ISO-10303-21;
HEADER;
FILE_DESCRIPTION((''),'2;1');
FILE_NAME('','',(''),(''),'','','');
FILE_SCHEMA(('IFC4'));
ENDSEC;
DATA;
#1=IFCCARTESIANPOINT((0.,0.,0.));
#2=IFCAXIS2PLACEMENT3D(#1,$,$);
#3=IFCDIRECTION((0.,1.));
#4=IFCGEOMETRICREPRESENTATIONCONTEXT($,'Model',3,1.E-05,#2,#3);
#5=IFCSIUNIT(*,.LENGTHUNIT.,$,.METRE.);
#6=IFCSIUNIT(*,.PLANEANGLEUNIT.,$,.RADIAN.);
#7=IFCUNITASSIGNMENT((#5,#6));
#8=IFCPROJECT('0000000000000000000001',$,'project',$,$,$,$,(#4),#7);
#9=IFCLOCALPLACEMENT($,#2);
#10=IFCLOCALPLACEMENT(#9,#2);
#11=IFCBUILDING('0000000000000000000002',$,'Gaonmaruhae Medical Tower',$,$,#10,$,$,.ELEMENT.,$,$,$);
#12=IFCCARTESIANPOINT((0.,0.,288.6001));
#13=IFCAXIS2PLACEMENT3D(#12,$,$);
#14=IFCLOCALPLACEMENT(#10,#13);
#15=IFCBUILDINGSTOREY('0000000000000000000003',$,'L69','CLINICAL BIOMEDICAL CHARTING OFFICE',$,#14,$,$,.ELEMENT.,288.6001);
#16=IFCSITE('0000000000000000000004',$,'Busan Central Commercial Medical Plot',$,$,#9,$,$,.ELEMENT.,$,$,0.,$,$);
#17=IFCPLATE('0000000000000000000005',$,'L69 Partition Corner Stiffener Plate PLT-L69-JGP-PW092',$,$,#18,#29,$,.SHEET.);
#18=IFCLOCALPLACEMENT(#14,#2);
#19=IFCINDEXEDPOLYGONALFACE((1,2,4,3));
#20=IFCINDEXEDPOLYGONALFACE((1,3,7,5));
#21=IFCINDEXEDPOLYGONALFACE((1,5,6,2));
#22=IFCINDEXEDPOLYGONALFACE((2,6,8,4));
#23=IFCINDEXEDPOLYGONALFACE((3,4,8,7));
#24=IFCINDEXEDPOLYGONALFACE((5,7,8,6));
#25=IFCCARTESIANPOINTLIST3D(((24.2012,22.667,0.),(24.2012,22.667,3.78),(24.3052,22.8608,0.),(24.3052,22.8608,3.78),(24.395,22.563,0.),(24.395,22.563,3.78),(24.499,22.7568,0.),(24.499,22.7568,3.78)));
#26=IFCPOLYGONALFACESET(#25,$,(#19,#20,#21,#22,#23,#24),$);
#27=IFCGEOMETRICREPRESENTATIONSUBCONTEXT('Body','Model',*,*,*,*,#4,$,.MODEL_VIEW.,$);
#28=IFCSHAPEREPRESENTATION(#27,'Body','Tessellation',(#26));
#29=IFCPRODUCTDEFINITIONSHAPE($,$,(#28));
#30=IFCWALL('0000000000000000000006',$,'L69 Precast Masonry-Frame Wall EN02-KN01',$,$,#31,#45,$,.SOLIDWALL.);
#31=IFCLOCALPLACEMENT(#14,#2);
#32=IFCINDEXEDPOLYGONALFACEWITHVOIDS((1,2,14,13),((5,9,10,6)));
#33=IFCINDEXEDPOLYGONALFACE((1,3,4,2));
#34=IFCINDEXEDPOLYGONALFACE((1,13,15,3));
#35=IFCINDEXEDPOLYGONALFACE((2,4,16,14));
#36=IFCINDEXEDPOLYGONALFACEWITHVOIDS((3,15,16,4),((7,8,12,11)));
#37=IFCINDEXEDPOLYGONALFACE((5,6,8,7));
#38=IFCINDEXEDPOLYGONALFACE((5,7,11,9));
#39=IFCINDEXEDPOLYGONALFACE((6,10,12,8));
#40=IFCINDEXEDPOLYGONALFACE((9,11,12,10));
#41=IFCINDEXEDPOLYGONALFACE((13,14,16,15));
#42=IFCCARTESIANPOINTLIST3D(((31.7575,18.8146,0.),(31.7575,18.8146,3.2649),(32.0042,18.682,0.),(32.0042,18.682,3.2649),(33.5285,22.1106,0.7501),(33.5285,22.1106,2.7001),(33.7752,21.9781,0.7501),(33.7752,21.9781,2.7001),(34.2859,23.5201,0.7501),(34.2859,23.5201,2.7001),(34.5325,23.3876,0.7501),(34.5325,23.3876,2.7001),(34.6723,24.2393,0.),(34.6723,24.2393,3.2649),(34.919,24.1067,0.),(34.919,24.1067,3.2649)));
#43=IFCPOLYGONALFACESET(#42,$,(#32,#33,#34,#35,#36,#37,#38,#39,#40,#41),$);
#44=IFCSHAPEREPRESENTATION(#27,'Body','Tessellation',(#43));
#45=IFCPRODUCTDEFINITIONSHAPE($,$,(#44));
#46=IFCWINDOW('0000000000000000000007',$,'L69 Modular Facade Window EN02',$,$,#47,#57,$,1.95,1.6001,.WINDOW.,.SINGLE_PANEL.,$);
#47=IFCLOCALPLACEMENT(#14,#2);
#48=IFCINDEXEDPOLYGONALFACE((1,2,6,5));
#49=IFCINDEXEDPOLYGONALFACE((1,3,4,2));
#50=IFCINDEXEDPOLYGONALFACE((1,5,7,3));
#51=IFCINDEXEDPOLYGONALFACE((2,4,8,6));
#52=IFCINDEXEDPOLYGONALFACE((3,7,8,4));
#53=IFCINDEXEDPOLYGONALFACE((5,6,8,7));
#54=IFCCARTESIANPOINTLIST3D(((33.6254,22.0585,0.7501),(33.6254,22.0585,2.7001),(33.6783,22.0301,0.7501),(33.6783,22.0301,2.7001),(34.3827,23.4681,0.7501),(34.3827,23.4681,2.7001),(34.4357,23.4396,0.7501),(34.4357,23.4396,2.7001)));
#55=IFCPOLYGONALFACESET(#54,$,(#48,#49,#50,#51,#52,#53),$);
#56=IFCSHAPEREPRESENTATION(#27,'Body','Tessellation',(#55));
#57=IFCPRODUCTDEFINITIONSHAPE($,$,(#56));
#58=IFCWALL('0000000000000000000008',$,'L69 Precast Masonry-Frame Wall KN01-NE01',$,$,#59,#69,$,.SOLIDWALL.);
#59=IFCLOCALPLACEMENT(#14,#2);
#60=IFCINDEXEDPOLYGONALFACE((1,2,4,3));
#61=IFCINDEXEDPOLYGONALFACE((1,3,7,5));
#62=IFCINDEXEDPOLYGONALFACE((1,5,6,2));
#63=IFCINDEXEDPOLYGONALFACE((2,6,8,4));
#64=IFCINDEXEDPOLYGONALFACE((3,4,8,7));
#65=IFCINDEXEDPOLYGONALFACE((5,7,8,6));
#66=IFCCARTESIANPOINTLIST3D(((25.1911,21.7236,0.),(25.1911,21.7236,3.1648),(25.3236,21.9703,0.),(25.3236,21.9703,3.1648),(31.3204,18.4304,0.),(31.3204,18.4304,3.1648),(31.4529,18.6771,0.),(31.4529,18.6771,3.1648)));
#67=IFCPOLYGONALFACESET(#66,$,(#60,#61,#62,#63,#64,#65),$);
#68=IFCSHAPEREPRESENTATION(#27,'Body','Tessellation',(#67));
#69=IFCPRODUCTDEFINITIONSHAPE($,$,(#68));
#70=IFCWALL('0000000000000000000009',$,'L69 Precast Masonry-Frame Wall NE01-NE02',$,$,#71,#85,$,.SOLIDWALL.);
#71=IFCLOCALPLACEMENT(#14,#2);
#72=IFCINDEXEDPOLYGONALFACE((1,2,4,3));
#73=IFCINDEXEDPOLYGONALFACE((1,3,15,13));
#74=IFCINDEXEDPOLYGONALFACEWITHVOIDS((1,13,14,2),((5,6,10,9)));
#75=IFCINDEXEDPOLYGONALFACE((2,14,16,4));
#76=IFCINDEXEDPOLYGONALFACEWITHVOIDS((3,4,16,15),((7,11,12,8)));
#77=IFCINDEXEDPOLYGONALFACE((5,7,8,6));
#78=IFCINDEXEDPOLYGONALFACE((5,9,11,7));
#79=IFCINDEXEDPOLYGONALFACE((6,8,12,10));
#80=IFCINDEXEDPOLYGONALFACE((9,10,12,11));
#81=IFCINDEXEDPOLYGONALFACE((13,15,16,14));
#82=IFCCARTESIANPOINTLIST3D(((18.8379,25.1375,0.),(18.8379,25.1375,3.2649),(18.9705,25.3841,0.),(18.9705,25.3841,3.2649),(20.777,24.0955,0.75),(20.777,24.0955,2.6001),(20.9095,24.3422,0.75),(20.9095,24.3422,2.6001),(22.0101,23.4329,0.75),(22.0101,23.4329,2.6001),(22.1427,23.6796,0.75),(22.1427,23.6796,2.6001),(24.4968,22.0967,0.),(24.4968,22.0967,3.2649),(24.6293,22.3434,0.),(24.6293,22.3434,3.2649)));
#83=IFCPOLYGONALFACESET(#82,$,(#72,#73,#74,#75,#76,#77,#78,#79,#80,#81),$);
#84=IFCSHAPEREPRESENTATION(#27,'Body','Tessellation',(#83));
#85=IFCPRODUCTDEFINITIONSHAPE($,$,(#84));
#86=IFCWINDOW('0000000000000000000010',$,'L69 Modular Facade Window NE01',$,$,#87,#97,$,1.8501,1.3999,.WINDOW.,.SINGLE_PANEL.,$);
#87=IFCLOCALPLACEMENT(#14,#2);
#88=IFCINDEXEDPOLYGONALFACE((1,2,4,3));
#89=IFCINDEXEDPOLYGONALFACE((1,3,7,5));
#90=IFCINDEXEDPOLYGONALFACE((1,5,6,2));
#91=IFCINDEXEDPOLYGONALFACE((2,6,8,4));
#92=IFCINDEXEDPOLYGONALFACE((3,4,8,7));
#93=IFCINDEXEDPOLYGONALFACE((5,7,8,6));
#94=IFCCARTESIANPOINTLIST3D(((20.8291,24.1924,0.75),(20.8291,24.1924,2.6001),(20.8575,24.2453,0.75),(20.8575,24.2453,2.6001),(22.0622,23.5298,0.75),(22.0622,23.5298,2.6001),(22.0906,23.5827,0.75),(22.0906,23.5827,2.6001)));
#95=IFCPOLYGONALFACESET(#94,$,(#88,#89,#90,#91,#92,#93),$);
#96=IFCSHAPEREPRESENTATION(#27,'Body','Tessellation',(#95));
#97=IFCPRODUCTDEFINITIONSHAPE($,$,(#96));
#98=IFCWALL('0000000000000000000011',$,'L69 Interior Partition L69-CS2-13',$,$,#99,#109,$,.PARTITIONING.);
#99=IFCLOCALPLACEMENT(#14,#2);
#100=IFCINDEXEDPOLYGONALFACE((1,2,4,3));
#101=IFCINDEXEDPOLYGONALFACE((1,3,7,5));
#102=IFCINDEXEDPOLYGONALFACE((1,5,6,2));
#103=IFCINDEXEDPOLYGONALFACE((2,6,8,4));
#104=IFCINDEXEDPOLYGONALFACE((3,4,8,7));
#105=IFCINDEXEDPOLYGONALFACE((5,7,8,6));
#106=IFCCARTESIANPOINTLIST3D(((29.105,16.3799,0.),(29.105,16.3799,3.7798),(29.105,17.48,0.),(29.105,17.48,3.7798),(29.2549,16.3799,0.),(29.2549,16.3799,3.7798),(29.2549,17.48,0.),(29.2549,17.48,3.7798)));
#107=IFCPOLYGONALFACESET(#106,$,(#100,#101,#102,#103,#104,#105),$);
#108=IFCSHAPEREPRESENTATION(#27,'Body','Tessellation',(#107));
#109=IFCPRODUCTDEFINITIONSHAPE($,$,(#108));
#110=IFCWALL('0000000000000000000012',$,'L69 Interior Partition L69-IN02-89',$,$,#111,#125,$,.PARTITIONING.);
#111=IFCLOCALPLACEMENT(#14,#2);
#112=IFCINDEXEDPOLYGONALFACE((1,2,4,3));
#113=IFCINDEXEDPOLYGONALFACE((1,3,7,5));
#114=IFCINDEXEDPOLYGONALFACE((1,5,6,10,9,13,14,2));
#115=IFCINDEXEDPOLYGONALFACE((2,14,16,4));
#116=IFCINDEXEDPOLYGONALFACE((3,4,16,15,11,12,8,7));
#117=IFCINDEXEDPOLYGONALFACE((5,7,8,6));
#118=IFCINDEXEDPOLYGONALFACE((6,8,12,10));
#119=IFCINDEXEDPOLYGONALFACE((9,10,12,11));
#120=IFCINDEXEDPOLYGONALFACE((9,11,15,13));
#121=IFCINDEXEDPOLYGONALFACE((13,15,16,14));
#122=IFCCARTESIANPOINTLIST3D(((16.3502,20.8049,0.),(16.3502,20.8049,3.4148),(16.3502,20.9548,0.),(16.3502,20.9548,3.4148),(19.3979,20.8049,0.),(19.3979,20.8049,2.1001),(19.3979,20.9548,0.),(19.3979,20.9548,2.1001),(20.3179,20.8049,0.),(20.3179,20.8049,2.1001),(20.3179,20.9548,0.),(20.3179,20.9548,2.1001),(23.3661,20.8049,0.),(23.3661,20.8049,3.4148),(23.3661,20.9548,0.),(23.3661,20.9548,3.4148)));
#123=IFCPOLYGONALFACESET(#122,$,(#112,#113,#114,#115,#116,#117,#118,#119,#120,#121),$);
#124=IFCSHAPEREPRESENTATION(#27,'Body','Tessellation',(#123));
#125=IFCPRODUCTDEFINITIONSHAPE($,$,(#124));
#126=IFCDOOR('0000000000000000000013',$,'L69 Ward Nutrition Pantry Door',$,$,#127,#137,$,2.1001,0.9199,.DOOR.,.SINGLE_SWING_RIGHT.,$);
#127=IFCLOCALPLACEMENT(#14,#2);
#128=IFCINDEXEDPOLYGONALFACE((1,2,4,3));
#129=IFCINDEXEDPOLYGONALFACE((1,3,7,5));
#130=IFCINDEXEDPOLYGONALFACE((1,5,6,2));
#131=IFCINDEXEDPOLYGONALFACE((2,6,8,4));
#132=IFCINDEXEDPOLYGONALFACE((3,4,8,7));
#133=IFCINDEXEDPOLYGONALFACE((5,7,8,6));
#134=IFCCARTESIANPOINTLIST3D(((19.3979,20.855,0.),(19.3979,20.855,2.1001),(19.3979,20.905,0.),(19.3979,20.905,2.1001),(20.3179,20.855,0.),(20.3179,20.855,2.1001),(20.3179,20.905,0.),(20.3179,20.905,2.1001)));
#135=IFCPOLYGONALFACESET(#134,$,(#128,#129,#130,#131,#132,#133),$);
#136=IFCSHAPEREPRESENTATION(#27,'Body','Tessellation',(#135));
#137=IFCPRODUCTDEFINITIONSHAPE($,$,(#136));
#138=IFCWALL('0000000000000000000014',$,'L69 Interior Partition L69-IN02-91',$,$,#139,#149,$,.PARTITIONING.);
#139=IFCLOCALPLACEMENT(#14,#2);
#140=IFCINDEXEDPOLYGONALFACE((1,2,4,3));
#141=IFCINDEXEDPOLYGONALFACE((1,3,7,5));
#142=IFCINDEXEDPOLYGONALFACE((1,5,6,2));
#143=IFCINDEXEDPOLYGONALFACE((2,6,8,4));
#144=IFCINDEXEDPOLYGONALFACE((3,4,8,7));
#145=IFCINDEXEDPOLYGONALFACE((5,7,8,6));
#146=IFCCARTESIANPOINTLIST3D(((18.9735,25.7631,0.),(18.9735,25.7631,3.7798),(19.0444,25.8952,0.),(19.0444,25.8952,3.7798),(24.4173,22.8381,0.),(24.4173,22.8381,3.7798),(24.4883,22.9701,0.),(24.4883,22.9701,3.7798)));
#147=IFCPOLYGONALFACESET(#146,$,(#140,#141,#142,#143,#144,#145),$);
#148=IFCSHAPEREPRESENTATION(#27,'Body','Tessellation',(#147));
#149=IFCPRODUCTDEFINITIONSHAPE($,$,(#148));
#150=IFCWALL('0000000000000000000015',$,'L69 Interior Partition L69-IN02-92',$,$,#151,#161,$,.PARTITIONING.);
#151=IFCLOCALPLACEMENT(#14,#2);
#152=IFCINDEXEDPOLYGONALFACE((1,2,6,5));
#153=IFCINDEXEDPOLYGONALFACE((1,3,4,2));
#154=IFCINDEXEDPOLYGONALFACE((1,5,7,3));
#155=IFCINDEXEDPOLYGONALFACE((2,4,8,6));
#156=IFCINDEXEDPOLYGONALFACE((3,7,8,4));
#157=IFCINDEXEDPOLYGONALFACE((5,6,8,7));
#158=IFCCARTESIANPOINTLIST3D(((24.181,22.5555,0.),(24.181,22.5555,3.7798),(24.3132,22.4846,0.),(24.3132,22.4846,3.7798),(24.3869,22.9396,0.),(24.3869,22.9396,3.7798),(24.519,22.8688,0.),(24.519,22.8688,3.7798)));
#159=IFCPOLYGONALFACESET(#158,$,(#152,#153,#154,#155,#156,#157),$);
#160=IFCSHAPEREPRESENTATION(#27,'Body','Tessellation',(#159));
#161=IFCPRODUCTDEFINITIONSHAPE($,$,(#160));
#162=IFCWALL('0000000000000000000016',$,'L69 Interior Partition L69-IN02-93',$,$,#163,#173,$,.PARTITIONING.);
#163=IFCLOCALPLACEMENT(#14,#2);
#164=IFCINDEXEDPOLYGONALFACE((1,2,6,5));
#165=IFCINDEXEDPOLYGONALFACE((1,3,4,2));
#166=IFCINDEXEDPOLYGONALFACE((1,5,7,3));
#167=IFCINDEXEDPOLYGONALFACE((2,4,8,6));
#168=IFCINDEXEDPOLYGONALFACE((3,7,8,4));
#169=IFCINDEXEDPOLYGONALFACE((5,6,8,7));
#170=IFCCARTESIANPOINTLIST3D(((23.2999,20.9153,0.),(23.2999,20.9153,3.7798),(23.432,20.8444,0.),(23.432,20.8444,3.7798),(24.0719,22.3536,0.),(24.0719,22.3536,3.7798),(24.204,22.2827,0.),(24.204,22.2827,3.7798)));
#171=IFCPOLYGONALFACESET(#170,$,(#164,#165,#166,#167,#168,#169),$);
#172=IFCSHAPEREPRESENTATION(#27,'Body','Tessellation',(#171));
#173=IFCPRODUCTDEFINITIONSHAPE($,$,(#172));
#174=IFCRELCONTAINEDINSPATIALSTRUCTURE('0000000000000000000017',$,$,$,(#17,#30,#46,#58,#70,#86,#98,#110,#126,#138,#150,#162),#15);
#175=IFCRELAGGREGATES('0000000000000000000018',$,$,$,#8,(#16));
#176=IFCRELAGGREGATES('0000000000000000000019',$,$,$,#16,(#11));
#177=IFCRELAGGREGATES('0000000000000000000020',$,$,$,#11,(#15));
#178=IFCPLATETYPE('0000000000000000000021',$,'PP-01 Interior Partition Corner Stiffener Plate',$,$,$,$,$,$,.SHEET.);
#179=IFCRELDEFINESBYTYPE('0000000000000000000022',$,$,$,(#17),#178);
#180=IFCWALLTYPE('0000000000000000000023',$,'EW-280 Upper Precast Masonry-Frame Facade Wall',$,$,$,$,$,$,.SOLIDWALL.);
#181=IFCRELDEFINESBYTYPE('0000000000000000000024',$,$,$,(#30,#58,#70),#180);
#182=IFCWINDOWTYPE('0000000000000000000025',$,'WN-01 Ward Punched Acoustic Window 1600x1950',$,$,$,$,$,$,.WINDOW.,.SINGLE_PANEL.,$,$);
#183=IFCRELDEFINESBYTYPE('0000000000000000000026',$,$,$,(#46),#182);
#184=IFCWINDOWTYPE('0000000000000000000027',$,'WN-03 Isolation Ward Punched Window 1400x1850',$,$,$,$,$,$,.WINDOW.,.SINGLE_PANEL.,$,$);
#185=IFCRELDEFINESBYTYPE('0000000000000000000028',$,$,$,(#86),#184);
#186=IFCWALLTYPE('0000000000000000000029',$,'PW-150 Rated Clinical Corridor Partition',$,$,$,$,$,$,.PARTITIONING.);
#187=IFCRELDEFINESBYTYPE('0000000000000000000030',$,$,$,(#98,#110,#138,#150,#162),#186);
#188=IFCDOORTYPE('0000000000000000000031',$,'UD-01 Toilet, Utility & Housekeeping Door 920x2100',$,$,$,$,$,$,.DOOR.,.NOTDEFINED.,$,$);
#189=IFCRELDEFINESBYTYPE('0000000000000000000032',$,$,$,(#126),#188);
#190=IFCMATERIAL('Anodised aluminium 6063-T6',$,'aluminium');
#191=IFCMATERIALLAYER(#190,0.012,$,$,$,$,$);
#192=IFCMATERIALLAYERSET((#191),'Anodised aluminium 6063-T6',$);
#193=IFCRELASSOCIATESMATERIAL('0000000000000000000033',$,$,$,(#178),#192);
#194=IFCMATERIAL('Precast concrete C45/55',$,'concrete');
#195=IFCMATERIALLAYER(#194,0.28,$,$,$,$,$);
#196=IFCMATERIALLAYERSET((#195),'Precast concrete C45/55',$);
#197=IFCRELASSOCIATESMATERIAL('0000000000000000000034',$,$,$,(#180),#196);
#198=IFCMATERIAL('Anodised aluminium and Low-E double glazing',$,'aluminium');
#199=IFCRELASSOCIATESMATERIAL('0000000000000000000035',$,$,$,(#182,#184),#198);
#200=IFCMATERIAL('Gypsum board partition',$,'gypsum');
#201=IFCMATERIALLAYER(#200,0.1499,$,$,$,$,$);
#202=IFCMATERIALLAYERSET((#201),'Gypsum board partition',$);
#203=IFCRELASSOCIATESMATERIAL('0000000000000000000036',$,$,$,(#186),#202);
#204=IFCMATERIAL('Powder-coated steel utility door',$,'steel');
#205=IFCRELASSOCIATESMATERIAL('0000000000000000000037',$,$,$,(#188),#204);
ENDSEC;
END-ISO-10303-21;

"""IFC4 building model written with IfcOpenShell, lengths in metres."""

from ifc_helpers import new_model, si_unit, direction, frame, frame_2d, origin, origin_2d, place, context, subcontext, project, spatial, rectangle, extrude, material, layer, layer_set, type_object, element, fill, save


model = new_model("IFC4")

# Units and contexts
model_context = context("Model", 3, precision=1e-05, world=origin(), true_north=direction((0.0, 1.0)))
body_context = subcontext(model_context, "Body", "Model", "MODEL_VIEW")
ifc_project = project(units=[si_unit("LENGTHUNIT", "METRE"), si_unit("PLANEANGLEUNIT", "RADIAN")], contexts=[model_context])

# Site, building, storey
site_placement = place(None, origin())
site = spatial("IfcSite", under=ifc_project, at=site_placement, Name="Busan Central Commercial Medical Plot", CompositionType="ELEMENT", RefElevation=0.0)
building_placement = place(site_placement, origin())
building = spatial("IfcBuilding", under=site, at=building_placement, Name="Gaonmaruhae Medical Tower", CompositionType="ELEMENT")
storey_placement = place(building_placement, frame((0.0, 0.0, 288.6001)))
storey = spatial("IfcBuildingStorey", under=building, at=storey_placement, Name="L69", Description="CLINICAL BIOMEDICAL CHARTING OFFICE", CompositionType="ELEMENT", Elevation=288.6001)

# Plate
ifc_material_1 = material(Name="Anodised aluminium 6063-T6", Category="aluminium")
ifc_layer_1 = layer(ifc_material_1, 0.012)
ifc_layer_set_1 = layer_set([ifc_layer_1], Name="Anodised aluminium 6063-T6")
plate_type = type_object("IfcPlateType", Name="PP-01 Interior Partition Corner Stiffener Plate", PredefinedType="SHEET", material=ifc_layer_set_1)
plate_placement = place(storey_placement, frame((24.3501, 22.7119, 0.0), z_axis=(0.0, 0.0, 1.0), x_axis=(-0.472735, -0.881204, 0.0)))
element("IfcPlate", 1, at=plate_placement, inside=storey, type_object=plate_type, Name="L69 Partition Corner Stiffener Plate PLT-L69-JGP-PW092", PredefinedType="SHEET", context=body_context, shape_type="SweptSolid", body=[
    extrude(rectangle(XDim=0.22, YDim=0.22, at=origin_2d()), origin(), (0.0, 0.0, 1.0), 3.78),
])

# Wall, opening, window
ifc_material_2 = material(Name="Precast concrete C45/55", Category="concrete")
ifc_layer_2 = layer(ifc_material_2, 0.28)
ifc_layer_set_2 = layer_set([ifc_layer_2], Name="Precast concrete C45/55")
wall_type_1 = type_object("IfcWallType", Name="EW-280 Upper Precast Masonry-Frame Facade Wall", PredefinedType="SOLIDWALL", material=ifc_layer_set_2)
wall_1_placement = place(storey_placement, frame((31.8809, 18.7483, 0.0), z_axis=(0.0, 0.0, 1.0), x_axis=(0.473312, 0.880895, 0.0)))
wall_1 = element("IfcWall", 2, at=wall_1_placement, inside=storey, type_object=wall_type_1, Name="L69 Precast Masonry-Frame Wall EN02-KN01", PredefinedType="SOLIDWALL", context=body_context, shape_type="SweptSolid", body=[
    extrude(rectangle(XDim=6.1582, YDim=0.28, at=frame_2d((3.0791, 0.0))), origin(), (0.0, 0.0, 1.0), 3.2649),
])
opening_1_placement = place(wall_1_placement, frame((3.7417, 0.0, 0.75)))
opening_1 = element("IfcOpeningElement", 3, at=opening_1_placement, cuts=wall_1, PredefinedType="OPENING", context=body_context, shape_type="SweptSolid", body=[
    extrude(rectangle(XDim=1.6001, YDim=1.95, at=frame_2d((0.8, 0.9751))), frame((0.0, 0.1499, 0.0), z_axis=(0.0, -1.0, 0.0), x_axis=(1.0, 0.0, 0.0)), (0.0, 0.0, 1.0), 0.3),
])
ifc_material_3 = material(Name="Anodised aluminium and Low-E double glazing", Category="aluminium")
window_type_1 = type_object("IfcWindowType", Name="WN-01 Ward Punched Acoustic Window 1600x1950", PartitioningType="SINGLE_PANEL", PredefinedType="WINDOW", material=ifc_material_3)
window_1_placement = place(opening_1_placement, origin())
window_1 = element("IfcWindow", 4, at=window_1_placement, inside=storey, type_object=window_type_1, Name="L69 Modular Facade Window EN02", OverallHeight=1.95, OverallWidth=1.6001, PartitioningType="SINGLE_PANEL", PredefinedType="WINDOW", context=body_context, shape_type="SweptSolid", body=[
    extrude(rectangle(XDim=1.6001, YDim=1.95, at=frame_2d((0.8, 0.9751))), frame((0.0, 0.03, 0.0), z_axis=(0.0, -1.0, 0.0), x_axis=(1.0, 0.0, 0.0)), (0.0, 0.0, 1.0), 0.0601),
])
fill(opening_1, window_1)

# Wall
wall_2_placement = place(storey_placement, frame((25.2573, 21.8469, 0.0), z_axis=(0.0, 0.0, 1.0), x_axis=(0.880904, -0.473294, 0.0)))
element("IfcWall", 5, at=wall_2_placement, inside=storey, type_object=wall_type_1, Name="L69 Precast Masonry-Frame Wall KN01-NE01", PredefinedType="SOLIDWALL", context=body_context, shape_type="SweptSolid", body=[
    extrude(rectangle(XDim=6.958, YDim=0.28, at=frame_2d((3.479, 0.0))), origin(), (0.0, 0.0, 1.0), 3.1648),
])

# Wall, opening, window
wall_3_placement = place(storey_placement, frame((18.9043, 25.2607, 0.0), z_axis=(0.0, 0.0, 1.0), x_axis=(0.880883, -0.473334, 0.0)))
wall_3 = element("IfcWall", 6, at=wall_3_placement, inside=storey, type_object=wall_type_1, Name="L69 Precast Masonry-Frame Wall NE01-NE02", PredefinedType="SOLIDWALL", context=body_context, shape_type="SweptSolid", body=[
    extrude(rectangle(XDim=6.4241, YDim=0.28, at=frame_2d((3.2119, 0.0))), origin(), (0.0, 0.0, 1.0), 3.2649),
])
opening_2_placement = place(wall_3_placement, frame((2.2012, 0.0, 0.75)))
opening_2 = element("IfcOpeningElement", 7, at=opening_2_placement, cuts=wall_3, PredefinedType="OPENING", context=body_context, shape_type="SweptSolid", body=[
    extrude(rectangle(XDim=1.3999, YDim=1.8501, at=frame_2d((0.7, 0.925))), frame((0.0, 0.1499, 0.0), z_axis=(0.0, -1.0, 0.0), x_axis=(1.0, 0.0, 0.0)), (0.0, 0.0, 1.0), 0.3),
])
window_type_2 = type_object("IfcWindowType", Name="WN-03 Isolation Ward Punched Window 1400x1850", PartitioningType="SINGLE_PANEL", PredefinedType="WINDOW", material=ifc_material_3)
window_2_placement = place(opening_2_placement, origin())
window_2 = element("IfcWindow", 8, at=window_2_placement, inside=storey, type_object=window_type_2, Name="L69 Modular Facade Window NE01", OverallHeight=1.8501, OverallWidth=1.3999, PartitioningType="SINGLE_PANEL", PredefinedType="WINDOW", context=body_context, shape_type="SweptSolid", body=[
    extrude(rectangle(XDim=1.3999, YDim=1.8501, at=frame_2d((0.7, 0.925))), frame((0.0, 0.03, 0.0), z_axis=(0.0, -1.0, 0.0), x_axis=(1.0, 0.0, 0.0)), (0.0, 0.0, 1.0), 0.0601),
])
fill(opening_2, window_2)

# Wall
ifc_material_4 = material(Name="Gypsum board partition", Category="gypsum")
ifc_layer_3 = layer(ifc_material_4, 0.1499)
ifc_layer_set_3 = layer_set([ifc_layer_3], Name="Gypsum board partition")
wall_type_2 = type_object("IfcWallType", Name="PW-150 Rated Clinical Corridor Partition", PredefinedType="PARTITIONING", material=ifc_layer_set_3)
wall_4_placement = place(storey_placement, frame((29.1799, 17.48, 0.0), z_axis=(0.0, 0.0, 1.0), x_axis=(0.0, -1.0, 0.0)))
element("IfcWall", 9, at=wall_4_placement, inside=storey, type_object=wall_type_2, Name="L69 Interior Partition L69-CS2-13", PredefinedType="PARTITIONING", context=body_context, shape_type="SweptSolid", body=[
    extrude(rectangle(XDim=1.1001, YDim=0.1499, at=frame_2d((0.55, 0.0))), origin(), (0.0, 0.0, 1.0), 3.7798),
])

# Wall, opening, door
wall_5_placement = place(storey_placement, frame((23.366, 20.8799, 0.0), z_axis=(0.0, 0.0, 1.0), x_axis=(-1.0, 0.0, 0.0)))
wall_5 = element("IfcWall", 10, at=wall_5_placement, inside=storey, type_object=wall_type_2, Name="L69 Interior Partition L69-IN02-89", PredefinedType="PARTITIONING", context=body_context, shape_type="SweptSolid", body=[
    extrude(rectangle(XDim=7.0159, YDim=0.1499, at=frame_2d((3.5078, 0.0))), origin(), (0.0, 0.0, 1.0), 3.4148),
])
opening_3_placement = place(wall_5_placement, frame((3.0481, 0.0, 0.0)))
opening_3 = element("IfcOpeningElement", 11, at=opening_3_placement, cuts=wall_5, PredefinedType="OPENING", context=body_context, shape_type="SweptSolid", body=[
    extrude(rectangle(XDim=0.9199, YDim=2.1001, at=frame_2d((0.46, 1.05))), frame((0.0, 0.085, 0.0), z_axis=(0.0, -1.0, 0.0), x_axis=(1.0, 0.0, 0.0)), (0.0, 0.0, 1.0), 0.1699),
])
ifc_material_5 = material(Name="Powder-coated steel utility door", Category="steel")
door_type = type_object("IfcDoorType", Name="UD-01 Toilet, Utility & Housekeeping Door 920x2100", OperationType="NOTDEFINED", PredefinedType="DOOR", material=ifc_material_5)
door_placement = place(opening_3_placement, origin())
door = element("IfcDoor", 12, at=door_placement, inside=storey, type_object=door_type, Name="L69 Ward Nutrition Pantry Door", OperationType="SINGLE_SWING_RIGHT", OverallHeight=2.1001, OverallWidth=0.9199, PredefinedType="DOOR", context=body_context, shape_type="SweptSolid", body=[
    extrude(rectangle(XDim=0.9199, YDim=2.1001, at=frame_2d((0.46, 1.05))), frame((0.0, 0.0249, 0.0), z_axis=(0.0, -1.0, 0.0), x_axis=(1.0, 0.0, 0.0)), (0.0, 0.0, 1.0), 0.05),
])
fill(opening_3, door)

# Walls
wall_6_placement = place(storey_placement, frame((19.009, 25.8291, 0.0), z_axis=(0.0, 0.0, 1.0), x_axis=(0.880893, -0.473315, 0.0)))
element("IfcWall", 13, at=wall_6_placement, inside=storey, type_object=wall_type_2, Name="L69 Interior Partition L69-IN02-91", PredefinedType="PARTITIONING", context=body_context, shape_type="SweptSolid", body=[
    extrude(rectangle(XDim=6.1799, YDim=0.1499, at=frame_2d((3.0898, 0.0))), origin(), (0.0, 0.0, 1.0), 3.7798),
])
wall_7_placement = place(storey_placement, frame((24.4529, 22.9041, 0.0), z_axis=(0.0, 0.0, 1.0), x_axis=(-0.472361, -0.881405, 0.0)))
element("IfcWall", 14, at=wall_7_placement, inside=storey, type_object=wall_type_2, Name="L69 Interior Partition L69-IN02-92", PredefinedType="PARTITIONING", context=body_context, shape_type="SweptSolid", body=[
    extrude(rectangle(XDim=0.4358, YDim=0.1499, at=frame_2d((0.2178, 0.0))), origin(), (0.0, 0.0, 1.0), 3.7798),
])
wall_8_placement = place(storey_placement, frame((24.1379, 22.3181, 0.0), z_axis=(0.0, 0.0, 1.0), x_axis=(-0.472931, -0.881099, 0.0)))
element("IfcWall", 15, at=wall_8_placement, inside=storey, type_object=wall_type_2, Name="L69 Interior Partition L69-IN02-93", PredefinedType="PARTITIONING", context=body_context, shape_type="SweptSolid", body=[
    extrude(rectangle(XDim=1.6323, YDim=0.1499, at=frame_2d((0.8162, 0.0))), origin(), (0.0, 0.0, 1.0), 3.7798),
])

save(model, "model.ifc")
